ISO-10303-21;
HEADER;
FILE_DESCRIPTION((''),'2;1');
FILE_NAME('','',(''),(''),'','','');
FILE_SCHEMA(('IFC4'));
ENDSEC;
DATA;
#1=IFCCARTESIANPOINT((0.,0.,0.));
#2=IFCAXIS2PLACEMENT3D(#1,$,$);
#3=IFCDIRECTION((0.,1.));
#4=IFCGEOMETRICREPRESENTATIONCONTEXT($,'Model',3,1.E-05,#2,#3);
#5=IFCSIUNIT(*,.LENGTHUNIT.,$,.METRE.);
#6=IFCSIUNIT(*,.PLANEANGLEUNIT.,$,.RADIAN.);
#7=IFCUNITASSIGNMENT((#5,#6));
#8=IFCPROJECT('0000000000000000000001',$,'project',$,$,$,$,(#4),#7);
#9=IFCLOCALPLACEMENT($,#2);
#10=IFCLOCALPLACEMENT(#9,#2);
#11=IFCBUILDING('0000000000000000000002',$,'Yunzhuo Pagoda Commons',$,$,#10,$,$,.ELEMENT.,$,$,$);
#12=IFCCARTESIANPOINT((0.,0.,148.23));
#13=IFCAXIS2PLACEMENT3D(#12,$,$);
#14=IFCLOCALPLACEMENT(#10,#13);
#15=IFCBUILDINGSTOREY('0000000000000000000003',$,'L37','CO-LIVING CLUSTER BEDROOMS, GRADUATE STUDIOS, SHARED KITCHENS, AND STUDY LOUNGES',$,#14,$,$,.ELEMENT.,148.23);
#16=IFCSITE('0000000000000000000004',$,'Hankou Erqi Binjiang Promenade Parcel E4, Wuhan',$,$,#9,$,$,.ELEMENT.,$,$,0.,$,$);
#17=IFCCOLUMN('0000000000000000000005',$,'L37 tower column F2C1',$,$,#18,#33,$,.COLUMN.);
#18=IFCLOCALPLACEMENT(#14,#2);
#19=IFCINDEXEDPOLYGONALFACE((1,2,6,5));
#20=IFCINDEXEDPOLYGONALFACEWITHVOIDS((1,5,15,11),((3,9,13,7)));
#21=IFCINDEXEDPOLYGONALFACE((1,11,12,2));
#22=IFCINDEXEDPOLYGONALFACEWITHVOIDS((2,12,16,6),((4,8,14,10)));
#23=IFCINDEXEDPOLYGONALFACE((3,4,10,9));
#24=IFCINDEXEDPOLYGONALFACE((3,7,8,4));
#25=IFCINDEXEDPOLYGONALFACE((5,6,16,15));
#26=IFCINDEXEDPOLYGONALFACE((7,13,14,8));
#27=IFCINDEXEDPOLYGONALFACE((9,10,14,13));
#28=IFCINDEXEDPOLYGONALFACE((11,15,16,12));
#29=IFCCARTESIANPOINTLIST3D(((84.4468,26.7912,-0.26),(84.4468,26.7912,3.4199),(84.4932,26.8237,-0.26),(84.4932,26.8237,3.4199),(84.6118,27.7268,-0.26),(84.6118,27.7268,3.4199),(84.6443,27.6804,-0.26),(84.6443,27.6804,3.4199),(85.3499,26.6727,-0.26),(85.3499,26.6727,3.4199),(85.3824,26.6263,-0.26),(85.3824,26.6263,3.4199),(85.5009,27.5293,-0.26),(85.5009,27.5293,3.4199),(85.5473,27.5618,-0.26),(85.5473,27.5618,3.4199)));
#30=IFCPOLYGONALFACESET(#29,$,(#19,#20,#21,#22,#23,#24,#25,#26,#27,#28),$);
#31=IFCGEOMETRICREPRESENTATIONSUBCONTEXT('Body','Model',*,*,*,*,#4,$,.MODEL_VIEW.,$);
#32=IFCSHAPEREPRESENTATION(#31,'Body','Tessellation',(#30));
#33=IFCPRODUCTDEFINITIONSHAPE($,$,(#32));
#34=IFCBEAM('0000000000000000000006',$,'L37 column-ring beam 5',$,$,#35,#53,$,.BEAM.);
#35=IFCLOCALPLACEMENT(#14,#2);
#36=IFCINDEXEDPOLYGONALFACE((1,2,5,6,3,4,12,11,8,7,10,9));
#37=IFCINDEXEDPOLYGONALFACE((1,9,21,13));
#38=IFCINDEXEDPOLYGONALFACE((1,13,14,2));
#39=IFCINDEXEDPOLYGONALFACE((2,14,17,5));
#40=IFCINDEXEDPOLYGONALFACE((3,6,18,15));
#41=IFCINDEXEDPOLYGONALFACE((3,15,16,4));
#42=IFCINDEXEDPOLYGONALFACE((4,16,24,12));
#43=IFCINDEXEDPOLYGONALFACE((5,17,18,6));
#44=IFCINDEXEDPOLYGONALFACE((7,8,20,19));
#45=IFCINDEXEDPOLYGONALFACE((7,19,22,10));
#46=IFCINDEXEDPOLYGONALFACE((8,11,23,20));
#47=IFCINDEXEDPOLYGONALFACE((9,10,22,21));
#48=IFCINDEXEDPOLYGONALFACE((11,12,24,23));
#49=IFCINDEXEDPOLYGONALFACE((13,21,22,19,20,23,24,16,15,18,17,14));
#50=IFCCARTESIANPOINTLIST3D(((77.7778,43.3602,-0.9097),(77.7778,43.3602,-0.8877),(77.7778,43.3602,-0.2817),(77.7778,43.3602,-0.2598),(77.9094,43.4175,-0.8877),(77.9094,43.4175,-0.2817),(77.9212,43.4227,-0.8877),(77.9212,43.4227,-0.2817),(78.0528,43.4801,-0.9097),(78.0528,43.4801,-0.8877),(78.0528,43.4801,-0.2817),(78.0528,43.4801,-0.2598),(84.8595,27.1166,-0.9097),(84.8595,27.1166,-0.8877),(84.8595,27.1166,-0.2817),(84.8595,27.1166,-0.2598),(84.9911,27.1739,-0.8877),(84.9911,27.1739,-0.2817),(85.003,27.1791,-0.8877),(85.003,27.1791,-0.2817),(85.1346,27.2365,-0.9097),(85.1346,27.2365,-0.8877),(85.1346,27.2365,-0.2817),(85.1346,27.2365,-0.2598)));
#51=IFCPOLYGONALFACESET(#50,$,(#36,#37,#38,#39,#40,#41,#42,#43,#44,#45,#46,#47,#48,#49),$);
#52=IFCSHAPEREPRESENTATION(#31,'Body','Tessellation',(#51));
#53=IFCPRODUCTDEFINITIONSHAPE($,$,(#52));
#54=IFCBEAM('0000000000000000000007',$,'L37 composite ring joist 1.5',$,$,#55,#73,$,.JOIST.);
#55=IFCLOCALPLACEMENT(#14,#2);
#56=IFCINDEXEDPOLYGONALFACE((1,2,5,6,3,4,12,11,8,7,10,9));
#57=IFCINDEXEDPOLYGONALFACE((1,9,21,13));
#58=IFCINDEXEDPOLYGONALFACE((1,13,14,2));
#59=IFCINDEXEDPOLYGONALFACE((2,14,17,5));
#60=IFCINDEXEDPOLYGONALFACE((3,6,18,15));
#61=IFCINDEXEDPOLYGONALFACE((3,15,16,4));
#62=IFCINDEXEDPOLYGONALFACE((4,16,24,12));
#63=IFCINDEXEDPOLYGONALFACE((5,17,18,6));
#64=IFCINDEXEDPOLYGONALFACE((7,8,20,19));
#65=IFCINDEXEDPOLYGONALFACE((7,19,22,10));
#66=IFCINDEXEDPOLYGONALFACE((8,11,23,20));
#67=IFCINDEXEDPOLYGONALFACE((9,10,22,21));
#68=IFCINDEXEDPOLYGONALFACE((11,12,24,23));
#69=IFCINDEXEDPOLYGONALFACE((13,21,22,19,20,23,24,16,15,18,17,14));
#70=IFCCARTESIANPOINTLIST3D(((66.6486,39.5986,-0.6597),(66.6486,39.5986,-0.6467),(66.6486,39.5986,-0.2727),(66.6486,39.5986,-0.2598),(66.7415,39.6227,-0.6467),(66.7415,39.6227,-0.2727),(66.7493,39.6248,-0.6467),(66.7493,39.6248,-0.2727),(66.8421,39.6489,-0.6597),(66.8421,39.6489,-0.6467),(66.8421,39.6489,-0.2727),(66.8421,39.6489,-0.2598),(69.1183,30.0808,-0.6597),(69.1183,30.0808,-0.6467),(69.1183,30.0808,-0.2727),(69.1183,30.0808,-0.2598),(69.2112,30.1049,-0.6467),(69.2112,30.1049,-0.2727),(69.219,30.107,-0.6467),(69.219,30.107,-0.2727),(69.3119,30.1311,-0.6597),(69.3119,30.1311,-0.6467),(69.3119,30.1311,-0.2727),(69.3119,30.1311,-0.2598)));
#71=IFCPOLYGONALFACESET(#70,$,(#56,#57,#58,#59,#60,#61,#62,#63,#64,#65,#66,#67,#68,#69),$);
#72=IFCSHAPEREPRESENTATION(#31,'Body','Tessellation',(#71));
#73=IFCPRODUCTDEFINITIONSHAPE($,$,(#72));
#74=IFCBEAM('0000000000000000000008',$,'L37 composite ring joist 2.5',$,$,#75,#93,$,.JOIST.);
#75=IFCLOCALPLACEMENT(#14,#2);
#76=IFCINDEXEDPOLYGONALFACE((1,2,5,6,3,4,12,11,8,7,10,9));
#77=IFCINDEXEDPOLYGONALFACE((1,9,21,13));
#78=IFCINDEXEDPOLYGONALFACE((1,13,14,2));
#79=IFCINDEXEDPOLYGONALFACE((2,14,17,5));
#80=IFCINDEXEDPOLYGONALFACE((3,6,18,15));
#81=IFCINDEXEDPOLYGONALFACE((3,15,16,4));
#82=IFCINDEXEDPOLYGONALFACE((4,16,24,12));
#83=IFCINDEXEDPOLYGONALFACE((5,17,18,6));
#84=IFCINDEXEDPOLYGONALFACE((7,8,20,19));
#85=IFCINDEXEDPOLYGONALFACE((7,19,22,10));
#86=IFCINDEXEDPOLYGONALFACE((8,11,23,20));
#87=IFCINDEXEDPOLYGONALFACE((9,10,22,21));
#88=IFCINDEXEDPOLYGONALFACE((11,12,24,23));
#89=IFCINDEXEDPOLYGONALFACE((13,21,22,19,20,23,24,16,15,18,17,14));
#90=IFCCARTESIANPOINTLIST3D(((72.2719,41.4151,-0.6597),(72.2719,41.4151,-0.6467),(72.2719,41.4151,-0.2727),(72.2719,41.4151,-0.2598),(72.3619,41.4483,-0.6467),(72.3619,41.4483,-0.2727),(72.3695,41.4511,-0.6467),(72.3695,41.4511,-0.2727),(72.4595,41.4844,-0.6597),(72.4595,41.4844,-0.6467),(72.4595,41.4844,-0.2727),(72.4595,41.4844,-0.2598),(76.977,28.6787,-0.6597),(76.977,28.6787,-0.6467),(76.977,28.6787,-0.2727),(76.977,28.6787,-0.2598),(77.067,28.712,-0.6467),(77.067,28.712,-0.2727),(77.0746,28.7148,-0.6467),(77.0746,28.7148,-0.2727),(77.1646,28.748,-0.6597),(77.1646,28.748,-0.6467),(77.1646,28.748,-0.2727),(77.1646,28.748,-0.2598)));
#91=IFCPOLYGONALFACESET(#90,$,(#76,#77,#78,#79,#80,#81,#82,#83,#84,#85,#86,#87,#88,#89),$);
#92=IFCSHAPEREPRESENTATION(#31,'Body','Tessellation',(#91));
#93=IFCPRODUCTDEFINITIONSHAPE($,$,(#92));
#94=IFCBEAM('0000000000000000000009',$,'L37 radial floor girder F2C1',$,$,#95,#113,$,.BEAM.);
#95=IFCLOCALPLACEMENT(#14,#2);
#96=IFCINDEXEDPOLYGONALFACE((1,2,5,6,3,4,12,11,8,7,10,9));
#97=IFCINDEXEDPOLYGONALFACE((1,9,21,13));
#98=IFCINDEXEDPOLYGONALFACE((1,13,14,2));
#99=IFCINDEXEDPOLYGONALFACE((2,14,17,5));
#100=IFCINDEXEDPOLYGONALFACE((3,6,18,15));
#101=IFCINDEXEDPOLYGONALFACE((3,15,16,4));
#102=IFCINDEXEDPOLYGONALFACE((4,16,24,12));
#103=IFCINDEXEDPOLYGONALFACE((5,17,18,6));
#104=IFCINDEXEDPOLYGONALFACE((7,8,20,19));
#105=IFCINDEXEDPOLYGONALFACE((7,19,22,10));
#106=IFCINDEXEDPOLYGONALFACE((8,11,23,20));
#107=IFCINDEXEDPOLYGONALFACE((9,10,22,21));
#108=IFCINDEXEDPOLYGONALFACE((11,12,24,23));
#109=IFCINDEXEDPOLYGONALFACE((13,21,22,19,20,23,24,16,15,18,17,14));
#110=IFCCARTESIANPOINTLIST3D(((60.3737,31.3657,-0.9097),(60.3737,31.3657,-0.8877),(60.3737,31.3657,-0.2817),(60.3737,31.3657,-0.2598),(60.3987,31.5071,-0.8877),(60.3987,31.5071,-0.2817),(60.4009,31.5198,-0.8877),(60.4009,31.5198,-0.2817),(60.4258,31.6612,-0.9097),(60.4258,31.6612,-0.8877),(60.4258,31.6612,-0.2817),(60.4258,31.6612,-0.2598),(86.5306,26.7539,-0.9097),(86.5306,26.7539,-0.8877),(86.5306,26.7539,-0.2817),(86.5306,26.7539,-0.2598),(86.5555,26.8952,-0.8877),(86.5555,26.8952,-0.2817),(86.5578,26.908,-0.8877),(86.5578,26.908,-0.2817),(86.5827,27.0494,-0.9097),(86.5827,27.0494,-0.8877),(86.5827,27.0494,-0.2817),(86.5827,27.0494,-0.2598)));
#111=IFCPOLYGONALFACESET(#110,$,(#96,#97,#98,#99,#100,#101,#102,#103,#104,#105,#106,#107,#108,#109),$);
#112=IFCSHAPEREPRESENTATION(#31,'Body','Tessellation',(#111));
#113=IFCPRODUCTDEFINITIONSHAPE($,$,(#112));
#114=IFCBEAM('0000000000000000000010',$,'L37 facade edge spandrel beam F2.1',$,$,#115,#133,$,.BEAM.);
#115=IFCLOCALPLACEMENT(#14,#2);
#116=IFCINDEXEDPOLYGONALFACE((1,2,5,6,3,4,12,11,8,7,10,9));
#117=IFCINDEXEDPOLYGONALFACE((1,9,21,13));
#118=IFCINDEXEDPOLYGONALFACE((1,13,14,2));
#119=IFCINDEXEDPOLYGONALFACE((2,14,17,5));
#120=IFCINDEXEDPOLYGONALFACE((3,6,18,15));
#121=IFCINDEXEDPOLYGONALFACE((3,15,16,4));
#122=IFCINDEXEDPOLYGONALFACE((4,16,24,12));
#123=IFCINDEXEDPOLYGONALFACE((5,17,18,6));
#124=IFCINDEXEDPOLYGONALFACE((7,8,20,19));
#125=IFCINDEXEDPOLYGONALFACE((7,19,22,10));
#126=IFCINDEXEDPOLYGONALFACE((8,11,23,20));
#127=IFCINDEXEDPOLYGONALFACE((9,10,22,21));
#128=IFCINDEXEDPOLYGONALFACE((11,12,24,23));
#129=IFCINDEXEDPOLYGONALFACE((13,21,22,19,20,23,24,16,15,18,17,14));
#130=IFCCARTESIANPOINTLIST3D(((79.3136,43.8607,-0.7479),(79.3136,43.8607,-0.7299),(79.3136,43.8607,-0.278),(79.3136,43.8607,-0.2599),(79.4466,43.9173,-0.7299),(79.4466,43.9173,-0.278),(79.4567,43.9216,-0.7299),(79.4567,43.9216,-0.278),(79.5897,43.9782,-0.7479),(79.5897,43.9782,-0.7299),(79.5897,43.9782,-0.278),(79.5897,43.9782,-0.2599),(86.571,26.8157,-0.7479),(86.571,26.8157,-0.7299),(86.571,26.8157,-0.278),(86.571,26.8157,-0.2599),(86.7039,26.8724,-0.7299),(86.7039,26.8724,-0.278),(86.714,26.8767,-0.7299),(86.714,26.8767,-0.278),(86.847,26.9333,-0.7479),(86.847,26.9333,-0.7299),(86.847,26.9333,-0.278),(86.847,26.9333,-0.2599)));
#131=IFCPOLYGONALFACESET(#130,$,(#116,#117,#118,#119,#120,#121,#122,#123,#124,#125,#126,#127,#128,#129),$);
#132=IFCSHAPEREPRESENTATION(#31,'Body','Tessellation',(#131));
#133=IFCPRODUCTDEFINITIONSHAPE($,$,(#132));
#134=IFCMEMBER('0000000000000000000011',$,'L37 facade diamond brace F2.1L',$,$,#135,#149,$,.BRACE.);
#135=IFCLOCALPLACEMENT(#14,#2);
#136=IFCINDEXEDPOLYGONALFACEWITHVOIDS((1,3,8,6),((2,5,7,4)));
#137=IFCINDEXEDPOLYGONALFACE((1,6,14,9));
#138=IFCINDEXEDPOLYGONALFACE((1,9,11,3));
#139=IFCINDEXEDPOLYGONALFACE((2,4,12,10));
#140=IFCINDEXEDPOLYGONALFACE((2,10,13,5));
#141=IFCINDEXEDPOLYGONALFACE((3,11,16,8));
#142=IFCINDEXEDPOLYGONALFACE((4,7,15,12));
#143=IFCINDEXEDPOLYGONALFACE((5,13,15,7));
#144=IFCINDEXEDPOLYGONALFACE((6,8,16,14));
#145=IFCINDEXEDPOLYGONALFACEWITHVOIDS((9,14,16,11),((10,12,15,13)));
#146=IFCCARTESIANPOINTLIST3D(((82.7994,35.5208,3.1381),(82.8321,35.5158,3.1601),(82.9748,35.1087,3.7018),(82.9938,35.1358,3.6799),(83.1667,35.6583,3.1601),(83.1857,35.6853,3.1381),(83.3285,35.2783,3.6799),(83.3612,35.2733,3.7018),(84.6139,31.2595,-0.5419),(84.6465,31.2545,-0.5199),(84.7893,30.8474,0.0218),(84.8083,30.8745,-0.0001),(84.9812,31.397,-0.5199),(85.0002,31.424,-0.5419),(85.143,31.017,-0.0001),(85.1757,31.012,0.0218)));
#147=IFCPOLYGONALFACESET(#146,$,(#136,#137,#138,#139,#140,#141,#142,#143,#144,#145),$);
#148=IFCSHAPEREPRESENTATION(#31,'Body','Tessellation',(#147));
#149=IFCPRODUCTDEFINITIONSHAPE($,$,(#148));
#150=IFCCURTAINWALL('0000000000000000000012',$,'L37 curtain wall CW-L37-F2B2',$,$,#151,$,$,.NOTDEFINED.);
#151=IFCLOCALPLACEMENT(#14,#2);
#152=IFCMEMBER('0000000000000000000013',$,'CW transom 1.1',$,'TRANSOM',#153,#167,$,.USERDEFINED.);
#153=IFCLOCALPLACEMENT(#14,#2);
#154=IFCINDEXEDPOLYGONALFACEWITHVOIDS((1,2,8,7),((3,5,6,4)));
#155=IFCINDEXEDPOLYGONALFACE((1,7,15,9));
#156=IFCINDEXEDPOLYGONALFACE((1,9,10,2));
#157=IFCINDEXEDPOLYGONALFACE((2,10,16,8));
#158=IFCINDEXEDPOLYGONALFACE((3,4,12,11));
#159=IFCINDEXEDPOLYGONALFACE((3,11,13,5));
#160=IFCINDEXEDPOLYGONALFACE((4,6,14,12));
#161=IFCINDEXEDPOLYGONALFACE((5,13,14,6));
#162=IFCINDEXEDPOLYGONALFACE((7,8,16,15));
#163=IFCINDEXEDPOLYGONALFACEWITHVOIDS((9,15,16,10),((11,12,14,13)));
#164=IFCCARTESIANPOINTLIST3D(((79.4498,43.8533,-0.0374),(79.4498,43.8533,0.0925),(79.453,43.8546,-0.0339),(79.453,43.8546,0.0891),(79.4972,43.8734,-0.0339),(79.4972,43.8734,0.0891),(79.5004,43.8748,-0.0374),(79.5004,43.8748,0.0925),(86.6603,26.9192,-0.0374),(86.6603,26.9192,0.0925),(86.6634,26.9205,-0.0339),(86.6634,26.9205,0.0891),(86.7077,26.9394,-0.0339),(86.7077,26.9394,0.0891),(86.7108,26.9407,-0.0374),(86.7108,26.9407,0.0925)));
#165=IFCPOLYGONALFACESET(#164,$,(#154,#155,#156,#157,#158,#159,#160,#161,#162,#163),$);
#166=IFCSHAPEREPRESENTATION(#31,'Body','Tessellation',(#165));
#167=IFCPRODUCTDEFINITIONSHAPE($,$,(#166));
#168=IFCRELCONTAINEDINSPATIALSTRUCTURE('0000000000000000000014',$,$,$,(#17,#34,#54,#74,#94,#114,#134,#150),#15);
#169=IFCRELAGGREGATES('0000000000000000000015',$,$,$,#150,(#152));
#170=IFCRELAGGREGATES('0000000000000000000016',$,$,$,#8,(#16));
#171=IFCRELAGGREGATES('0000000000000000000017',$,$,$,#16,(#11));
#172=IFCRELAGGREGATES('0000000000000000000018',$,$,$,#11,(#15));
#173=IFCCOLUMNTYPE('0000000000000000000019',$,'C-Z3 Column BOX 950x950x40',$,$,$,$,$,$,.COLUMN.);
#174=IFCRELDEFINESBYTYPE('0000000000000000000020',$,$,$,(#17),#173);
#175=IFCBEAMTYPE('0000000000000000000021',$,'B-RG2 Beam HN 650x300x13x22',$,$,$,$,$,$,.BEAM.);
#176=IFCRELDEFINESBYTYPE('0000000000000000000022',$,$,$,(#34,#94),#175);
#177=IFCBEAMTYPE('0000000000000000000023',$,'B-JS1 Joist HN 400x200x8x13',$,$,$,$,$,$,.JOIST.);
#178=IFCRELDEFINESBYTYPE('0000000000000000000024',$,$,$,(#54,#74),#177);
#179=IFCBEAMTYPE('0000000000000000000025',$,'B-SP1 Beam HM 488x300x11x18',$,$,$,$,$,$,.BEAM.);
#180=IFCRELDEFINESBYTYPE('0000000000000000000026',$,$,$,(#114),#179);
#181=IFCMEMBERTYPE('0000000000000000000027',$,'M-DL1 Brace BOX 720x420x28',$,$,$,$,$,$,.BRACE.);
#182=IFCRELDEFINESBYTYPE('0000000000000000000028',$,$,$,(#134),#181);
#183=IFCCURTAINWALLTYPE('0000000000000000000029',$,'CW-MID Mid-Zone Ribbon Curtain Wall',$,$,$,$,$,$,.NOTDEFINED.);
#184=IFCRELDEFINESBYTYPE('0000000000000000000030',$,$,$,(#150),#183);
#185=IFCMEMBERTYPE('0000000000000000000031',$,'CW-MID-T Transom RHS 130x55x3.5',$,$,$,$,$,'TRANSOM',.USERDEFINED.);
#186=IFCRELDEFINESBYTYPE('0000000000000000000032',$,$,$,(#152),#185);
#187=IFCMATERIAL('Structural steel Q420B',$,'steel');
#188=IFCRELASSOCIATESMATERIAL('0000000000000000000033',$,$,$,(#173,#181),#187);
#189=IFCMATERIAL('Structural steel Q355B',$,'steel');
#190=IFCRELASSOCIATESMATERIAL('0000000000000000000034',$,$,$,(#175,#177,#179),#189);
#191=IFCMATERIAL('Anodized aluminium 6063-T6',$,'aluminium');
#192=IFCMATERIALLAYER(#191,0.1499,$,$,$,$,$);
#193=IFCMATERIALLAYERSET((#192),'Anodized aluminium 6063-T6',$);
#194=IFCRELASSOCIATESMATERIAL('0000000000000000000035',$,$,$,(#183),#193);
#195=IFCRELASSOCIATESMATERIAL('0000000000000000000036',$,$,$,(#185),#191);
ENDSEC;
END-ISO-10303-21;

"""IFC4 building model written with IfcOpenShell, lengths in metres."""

from ifc_helpers import new_model, si_unit, direction, frame, origin, origin_2d, place, context, subcontext, project, spatial, hollow_rectangle, i_section, extrude, source, transform, mapped, material, layer, layer_set, material_profile, profile_set, type_object, element, aggregate, save


model = new_model("IFC4")

# Units and contexts
model_context = context("Model", 3, precision=1e-05, world=origin(), true_north=direction((0.0, 1.0)))
body_context = subcontext(model_context, "Body", "Model", "MODEL_VIEW")
ifc_project = project(units=[si_unit("LENGTHUNIT", "METRE"), si_unit("PLANEANGLEUNIT", "RADIAN")], contexts=[model_context])

# Site, building, storey
site_placement = place(None, origin())
site = spatial("IfcSite", under=ifc_project, at=site_placement, Name="Hankou Erqi Binjiang Promenade Parcel E4, Wuhan", CompositionType="ELEMENT", RefElevation=0.0)
building_placement = place(site_placement, origin())
building = spatial("IfcBuilding", under=site, at=building_placement, Name="Yunzhuo Pagoda Commons", CompositionType="ELEMENT")
storey_placement = place(building_placement, frame((0.0, 0.0, 148.23)))
storey = spatial("IfcBuildingStorey", under=building, at=storey_placement, Name="L37", Description="CO-LIVING CLUSTER BEDROOMS, GRADUATE STUDIOS, SHARED KITCHENS, AND STUDY LOUNGES", CompositionType="ELEMENT", Elevation=148.23)

# Column
ifc_material_1 = material(Name="Structural steel Q420B", Category="steel")
ifc_material_profile_1 = material_profile(ifc_material_1, hollow_rectangle(XDim=0.95, YDim=0.95, WallThickness=0.04, at=origin_2d()), Name="Structural steel Q420B")
ifc_profile_set_1 = profile_set([ifc_material_profile_1], Name="Structural steel Q420B")
column_type = type_object("IfcColumnType", Name="C-Z3 Column BOX 950x950x40", PredefinedType="COLUMN", material=ifc_profile_set_1)
shared_shape_1 = source(origin(), body_context, "Body", "SweptSolid", [
    extrude(hollow_rectangle(XDim=0.95, YDim=0.95, WallThickness=0.04, at=origin_2d()), origin(), (0.0, 0.0, 1.0), 3.6799),
])
column_placement = place(storey_placement, frame((84.9971, 27.1765, -0.26), z_axis=(0.0, 0.0, 1.0), x_axis=(0.173648, 0.984808, 0.0)))
element("IfcColumn", 1, at=column_placement, inside=storey, type_object=column_type, Name="L37 tower column F2C1", PredefinedType="COLUMN", context=body_context, shape_type="MappedRepresentation", body=[
    mapped(shared_shape_1, transform((0.0, 0.0, 0.0), scale=1.0)),
])

# Beams
ifc_material_2 = material(Name="Structural steel Q355B", Category="steel")
ifc_material_profile_2 = material_profile(ifc_material_2, i_section(OverallWidth=0.3, OverallDepth=0.6499, WebThickness=0.0129, FlangeThickness=0.022, at=origin_2d()), Name="Structural steel Q355B")
ifc_profile_set_2 = profile_set([ifc_material_profile_2], Name="Structural steel Q355B")
beam_type_1 = type_object("IfcBeamType", Name="B-RG2 Beam HN 650x300x13x22", PredefinedType="BEAM", material=ifc_profile_set_2)
shared_shape_2 = source(origin(), body_context, "Body", "SweptSolid", [
    extrude(i_section(OverallWidth=0.3, OverallDepth=0.6499, WebThickness=0.0129, FlangeThickness=0.022, at=origin_2d()), origin(), (0.0, 0.0, 1.0), 17.7202),
])
beam_1_placement = place(storey_placement, frame((84.9971, 27.1765, -0.5847), z_axis=(-0.399643, 0.916671, 0.0), x_axis=(-0.916671, -0.399643, 0.0)))
element("IfcBeam", 2, at=beam_1_placement, inside=storey, type_object=beam_type_1, Name="L37 column-ring beam 5", PredefinedType="BEAM", context=body_context, shape_type="MappedRepresentation", body=[
    mapped(shared_shape_2, transform((0.0, 0.0, 0.0), scale=1.0)),
])
ifc_material_profile_3 = material_profile(ifc_material_2, i_section(OverallWidth=0.2, OverallDepth=0.3999, WebThickness=0.0081, FlangeThickness=0.0129, at=origin_2d()), Name="Structural steel Q355B")
ifc_profile_set_3 = profile_set([ifc_material_profile_3], Name="Structural steel Q355B")
beam_type_2 = type_object("IfcBeamType", Name="B-JS1 Joist HN 400x200x8x13", PredefinedType="JOIST", material=ifc_profile_set_3)
shared_shape_3 = source(origin(), body_context, "Body", "SweptSolid", [
    extrude(i_section(OverallWidth=0.2, OverallDepth=0.3999, WebThickness=0.0081, FlangeThickness=0.0129, at=origin_2d()), origin(), (0.0, 0.0, 1.0), 9.833),
])
beam_2_placement = place(storey_placement, frame((69.2151, 30.106, -0.4597), z_axis=(-0.251166, 0.967944, 0.0), x_axis=(-0.967944, -0.251166, 0.0)))
element("IfcBeam", 3, at=beam_2_placement, inside=storey, type_object=beam_type_2, Name="L37 composite ring joist 1.5", PredefinedType="JOIST", context=body_context, shape_type="MappedRepresentation", body=[
    mapped(shared_shape_3, transform((0.0, 0.0, 0.0), scale=1.0)),
])
shared_shape_4 = source(origin(), body_context, "Body", "SweptSolid", [
    extrude(i_section(OverallWidth=0.2, OverallDepth=0.3999, WebThickness=0.0081, FlangeThickness=0.0129, at=origin_2d()), origin(), (0.0, 0.0, 1.0), 13.5776),
])
beam_3_placement = place(storey_placement, frame((77.0708, 28.7134, -0.4597), z_axis=(-0.346532, 0.938038, 0.0), x_axis=(-0.938038, -0.346532, 0.0)))
element("IfcBeam", 4, at=beam_3_placement, inside=storey, type_object=beam_type_2, Name="L37 composite ring joist 2.5", PredefinedType="JOIST", context=body_context, shape_type="MappedRepresentation", body=[
    mapped(shared_shape_4, transform((0.0, 0.0, 0.0), scale=1.0)),
])
shared_shape_5 = source(origin(), body_context, "Body", "SweptSolid", [
    extrude(i_section(OverallWidth=0.3, OverallDepth=0.6499, WebThickness=0.0129, FlangeThickness=0.022, at=origin_2d()), origin(), (0.0, 0.0, 1.0), 26.5603),
])
beam_4_placement = place(storey_placement, frame((86.5566, 26.9016, -0.5847), z_axis=(-0.98481, 0.173636, 0.0), x_axis=(-0.173636, -0.98481, 0.0)))
element("IfcBeam", 5, at=beam_4_placement, inside=storey, type_object=beam_type_1, Name="L37 radial floor girder F2C1", PredefinedType="BEAM", context=body_context, shape_type="MappedRepresentation", body=[
    mapped(shared_shape_5, transform((0.0, 0.0, 0.0), scale=1.0)),
])
ifc_material_profile_4 = material_profile(ifc_material_2, i_section(OverallWidth=0.3, OverallDepth=0.488, WebThickness=0.011, FlangeThickness=0.0181, at=origin_2d()), Name="Structural steel Q355B")
ifc_profile_set_4 = profile_set([ifc_material_profile_4], Name="Structural steel Q355B")
beam_type_3 = type_object("IfcBeamType", Name="B-SP1 Beam HM 488x300x11x18", PredefinedType="BEAM", material=ifc_profile_set_4)
shared_shape_6 = source(origin(), body_context, "Body", "SweptSolid", [
    extrude(i_section(OverallWidth=0.3, OverallDepth=0.488, WebThickness=0.011, FlangeThickness=0.0181, at=origin_2d()), origin(), (0.0, 0.0, 1.0), 18.5256),
])
beam_5_placement = place(storey_placement, frame((86.709, 26.8745, -0.5039), z_axis=(-0.391746, 0.920074, 0.0), x_axis=(-0.920074, -0.391746, 0.0)))
element("IfcBeam", 6, at=beam_5_placement, inside=storey, type_object=beam_type_3, Name="L37 facade edge spandrel beam F2.1", PredefinedType="BEAM", context=body_context, shape_type="MappedRepresentation", body=[
    mapped(shared_shape_6, transform((0.0, 0.0, 0.0), scale=1.0)),
])

# Member
ifc_material_profile_5 = material_profile(ifc_material_1, hollow_rectangle(XDim=0.4199, YDim=0.72, WallThickness=0.0281, at=origin_2d()), Name="Structural steel Q420B")
ifc_profile_set_5 = profile_set([ifc_material_profile_5], Name="Structural steel Q420B")
member_type_1 = type_object("IfcMemberType", Name="M-DL1 Brace BOX 720x420x28", PredefinedType="BRACE", material=ifc_profile_set_5)
shared_shape_7 = source(origin(), body_context, "Body", "SweptSolid", [
    extrude(hollow_rectangle(XDim=0.4199, YDim=0.72, WallThickness=0.0281, at=origin_2d()), origin(), (0.0, 0.0, 1.0), 5.9155),
])
member_1_placement = place(storey_placement, frame((84.8948, 31.1357, -0.26), z_axis=(-0.306733, 0.720359, 0.622091), x_axis=(-0.920064, -0.391768, 0.0)))
element("IfcMember", 7, at=member_1_placement, inside=storey, type_object=member_type_1, Name="L37 facade diamond brace F2.1L", PredefinedType="BRACE", context=body_context, shape_type="MappedRepresentation", body=[
    mapped(shared_shape_7, transform((0.0, 0.0, 0.0), scale=1.0)),
])

# Curtain wall, member
ifc_material_3 = material(Name="Anodized aluminium 6063-T6", Category="aluminium")
ifc_layer_1 = layer(ifc_material_3, 0.1499)
ifc_layer_set_1 = layer_set([ifc_layer_1], Name="Anodized aluminium 6063-T6")
curtain_wall_type = type_object("IfcCurtainWallType", Name="CW-MID Mid-Zone Ribbon Curtain Wall", PredefinedType="NOTDEFINED", material=ifc_layer_set_1)
curtain_wall_1_placement = place(storey_placement, origin())
curtain_wall_1 = element("IfcCurtainWall", 8, at=curtain_wall_1_placement, inside=storey, type_object=curtain_wall_type, Name="L37 curtain wall CW-L37-F2B2", PredefinedType="NOTDEFINED")
ifc_material_profile_6 = material_profile(ifc_material_3, hollow_rectangle(XDim=0.0549, YDim=0.1299, WallThickness=0.0034, at=origin_2d()), Name="Anodized aluminium 6063-T6")
ifc_profile_set_6 = profile_set([ifc_material_profile_6], Name="Anodized aluminium 6063-T6")
member_type_2 = type_object("IfcMemberType", Name="CW-MID-T Transom RHS 130x55x3.5", ElementType="TRANSOM", PredefinedType="USERDEFINED", material=ifc_profile_set_6)
shared_shape_8 = source(origin(), body_context, "Body", "SweptSolid", [
    extrude(hollow_rectangle(XDim=0.0549, YDim=0.1299, WallThickness=0.0034, at=origin_2d()), origin(), (0.0, 0.0, 1.0), 18.4053),
])
member_2_placement = place(storey_placement, frame((86.6855, 26.9299, 0.0276), z_axis=(-0.39176, 0.920067, 0.0), x_axis=(-0.920067, -0.39176, 0.0)))
member_2 = element("IfcMember", 9, at=member_2_placement, type_object=member_type_2, Name="CW transom 1.1", ObjectType="TRANSOM", PredefinedType="USERDEFINED", context=body_context, shape_type="MappedRepresentation", body=[
    mapped(shared_shape_8, transform((0.0, 0.0, 0.0), scale=1.0)),
])

aggregate(curtain_wall_1, [member_2])

save(model, "model.ifc")
